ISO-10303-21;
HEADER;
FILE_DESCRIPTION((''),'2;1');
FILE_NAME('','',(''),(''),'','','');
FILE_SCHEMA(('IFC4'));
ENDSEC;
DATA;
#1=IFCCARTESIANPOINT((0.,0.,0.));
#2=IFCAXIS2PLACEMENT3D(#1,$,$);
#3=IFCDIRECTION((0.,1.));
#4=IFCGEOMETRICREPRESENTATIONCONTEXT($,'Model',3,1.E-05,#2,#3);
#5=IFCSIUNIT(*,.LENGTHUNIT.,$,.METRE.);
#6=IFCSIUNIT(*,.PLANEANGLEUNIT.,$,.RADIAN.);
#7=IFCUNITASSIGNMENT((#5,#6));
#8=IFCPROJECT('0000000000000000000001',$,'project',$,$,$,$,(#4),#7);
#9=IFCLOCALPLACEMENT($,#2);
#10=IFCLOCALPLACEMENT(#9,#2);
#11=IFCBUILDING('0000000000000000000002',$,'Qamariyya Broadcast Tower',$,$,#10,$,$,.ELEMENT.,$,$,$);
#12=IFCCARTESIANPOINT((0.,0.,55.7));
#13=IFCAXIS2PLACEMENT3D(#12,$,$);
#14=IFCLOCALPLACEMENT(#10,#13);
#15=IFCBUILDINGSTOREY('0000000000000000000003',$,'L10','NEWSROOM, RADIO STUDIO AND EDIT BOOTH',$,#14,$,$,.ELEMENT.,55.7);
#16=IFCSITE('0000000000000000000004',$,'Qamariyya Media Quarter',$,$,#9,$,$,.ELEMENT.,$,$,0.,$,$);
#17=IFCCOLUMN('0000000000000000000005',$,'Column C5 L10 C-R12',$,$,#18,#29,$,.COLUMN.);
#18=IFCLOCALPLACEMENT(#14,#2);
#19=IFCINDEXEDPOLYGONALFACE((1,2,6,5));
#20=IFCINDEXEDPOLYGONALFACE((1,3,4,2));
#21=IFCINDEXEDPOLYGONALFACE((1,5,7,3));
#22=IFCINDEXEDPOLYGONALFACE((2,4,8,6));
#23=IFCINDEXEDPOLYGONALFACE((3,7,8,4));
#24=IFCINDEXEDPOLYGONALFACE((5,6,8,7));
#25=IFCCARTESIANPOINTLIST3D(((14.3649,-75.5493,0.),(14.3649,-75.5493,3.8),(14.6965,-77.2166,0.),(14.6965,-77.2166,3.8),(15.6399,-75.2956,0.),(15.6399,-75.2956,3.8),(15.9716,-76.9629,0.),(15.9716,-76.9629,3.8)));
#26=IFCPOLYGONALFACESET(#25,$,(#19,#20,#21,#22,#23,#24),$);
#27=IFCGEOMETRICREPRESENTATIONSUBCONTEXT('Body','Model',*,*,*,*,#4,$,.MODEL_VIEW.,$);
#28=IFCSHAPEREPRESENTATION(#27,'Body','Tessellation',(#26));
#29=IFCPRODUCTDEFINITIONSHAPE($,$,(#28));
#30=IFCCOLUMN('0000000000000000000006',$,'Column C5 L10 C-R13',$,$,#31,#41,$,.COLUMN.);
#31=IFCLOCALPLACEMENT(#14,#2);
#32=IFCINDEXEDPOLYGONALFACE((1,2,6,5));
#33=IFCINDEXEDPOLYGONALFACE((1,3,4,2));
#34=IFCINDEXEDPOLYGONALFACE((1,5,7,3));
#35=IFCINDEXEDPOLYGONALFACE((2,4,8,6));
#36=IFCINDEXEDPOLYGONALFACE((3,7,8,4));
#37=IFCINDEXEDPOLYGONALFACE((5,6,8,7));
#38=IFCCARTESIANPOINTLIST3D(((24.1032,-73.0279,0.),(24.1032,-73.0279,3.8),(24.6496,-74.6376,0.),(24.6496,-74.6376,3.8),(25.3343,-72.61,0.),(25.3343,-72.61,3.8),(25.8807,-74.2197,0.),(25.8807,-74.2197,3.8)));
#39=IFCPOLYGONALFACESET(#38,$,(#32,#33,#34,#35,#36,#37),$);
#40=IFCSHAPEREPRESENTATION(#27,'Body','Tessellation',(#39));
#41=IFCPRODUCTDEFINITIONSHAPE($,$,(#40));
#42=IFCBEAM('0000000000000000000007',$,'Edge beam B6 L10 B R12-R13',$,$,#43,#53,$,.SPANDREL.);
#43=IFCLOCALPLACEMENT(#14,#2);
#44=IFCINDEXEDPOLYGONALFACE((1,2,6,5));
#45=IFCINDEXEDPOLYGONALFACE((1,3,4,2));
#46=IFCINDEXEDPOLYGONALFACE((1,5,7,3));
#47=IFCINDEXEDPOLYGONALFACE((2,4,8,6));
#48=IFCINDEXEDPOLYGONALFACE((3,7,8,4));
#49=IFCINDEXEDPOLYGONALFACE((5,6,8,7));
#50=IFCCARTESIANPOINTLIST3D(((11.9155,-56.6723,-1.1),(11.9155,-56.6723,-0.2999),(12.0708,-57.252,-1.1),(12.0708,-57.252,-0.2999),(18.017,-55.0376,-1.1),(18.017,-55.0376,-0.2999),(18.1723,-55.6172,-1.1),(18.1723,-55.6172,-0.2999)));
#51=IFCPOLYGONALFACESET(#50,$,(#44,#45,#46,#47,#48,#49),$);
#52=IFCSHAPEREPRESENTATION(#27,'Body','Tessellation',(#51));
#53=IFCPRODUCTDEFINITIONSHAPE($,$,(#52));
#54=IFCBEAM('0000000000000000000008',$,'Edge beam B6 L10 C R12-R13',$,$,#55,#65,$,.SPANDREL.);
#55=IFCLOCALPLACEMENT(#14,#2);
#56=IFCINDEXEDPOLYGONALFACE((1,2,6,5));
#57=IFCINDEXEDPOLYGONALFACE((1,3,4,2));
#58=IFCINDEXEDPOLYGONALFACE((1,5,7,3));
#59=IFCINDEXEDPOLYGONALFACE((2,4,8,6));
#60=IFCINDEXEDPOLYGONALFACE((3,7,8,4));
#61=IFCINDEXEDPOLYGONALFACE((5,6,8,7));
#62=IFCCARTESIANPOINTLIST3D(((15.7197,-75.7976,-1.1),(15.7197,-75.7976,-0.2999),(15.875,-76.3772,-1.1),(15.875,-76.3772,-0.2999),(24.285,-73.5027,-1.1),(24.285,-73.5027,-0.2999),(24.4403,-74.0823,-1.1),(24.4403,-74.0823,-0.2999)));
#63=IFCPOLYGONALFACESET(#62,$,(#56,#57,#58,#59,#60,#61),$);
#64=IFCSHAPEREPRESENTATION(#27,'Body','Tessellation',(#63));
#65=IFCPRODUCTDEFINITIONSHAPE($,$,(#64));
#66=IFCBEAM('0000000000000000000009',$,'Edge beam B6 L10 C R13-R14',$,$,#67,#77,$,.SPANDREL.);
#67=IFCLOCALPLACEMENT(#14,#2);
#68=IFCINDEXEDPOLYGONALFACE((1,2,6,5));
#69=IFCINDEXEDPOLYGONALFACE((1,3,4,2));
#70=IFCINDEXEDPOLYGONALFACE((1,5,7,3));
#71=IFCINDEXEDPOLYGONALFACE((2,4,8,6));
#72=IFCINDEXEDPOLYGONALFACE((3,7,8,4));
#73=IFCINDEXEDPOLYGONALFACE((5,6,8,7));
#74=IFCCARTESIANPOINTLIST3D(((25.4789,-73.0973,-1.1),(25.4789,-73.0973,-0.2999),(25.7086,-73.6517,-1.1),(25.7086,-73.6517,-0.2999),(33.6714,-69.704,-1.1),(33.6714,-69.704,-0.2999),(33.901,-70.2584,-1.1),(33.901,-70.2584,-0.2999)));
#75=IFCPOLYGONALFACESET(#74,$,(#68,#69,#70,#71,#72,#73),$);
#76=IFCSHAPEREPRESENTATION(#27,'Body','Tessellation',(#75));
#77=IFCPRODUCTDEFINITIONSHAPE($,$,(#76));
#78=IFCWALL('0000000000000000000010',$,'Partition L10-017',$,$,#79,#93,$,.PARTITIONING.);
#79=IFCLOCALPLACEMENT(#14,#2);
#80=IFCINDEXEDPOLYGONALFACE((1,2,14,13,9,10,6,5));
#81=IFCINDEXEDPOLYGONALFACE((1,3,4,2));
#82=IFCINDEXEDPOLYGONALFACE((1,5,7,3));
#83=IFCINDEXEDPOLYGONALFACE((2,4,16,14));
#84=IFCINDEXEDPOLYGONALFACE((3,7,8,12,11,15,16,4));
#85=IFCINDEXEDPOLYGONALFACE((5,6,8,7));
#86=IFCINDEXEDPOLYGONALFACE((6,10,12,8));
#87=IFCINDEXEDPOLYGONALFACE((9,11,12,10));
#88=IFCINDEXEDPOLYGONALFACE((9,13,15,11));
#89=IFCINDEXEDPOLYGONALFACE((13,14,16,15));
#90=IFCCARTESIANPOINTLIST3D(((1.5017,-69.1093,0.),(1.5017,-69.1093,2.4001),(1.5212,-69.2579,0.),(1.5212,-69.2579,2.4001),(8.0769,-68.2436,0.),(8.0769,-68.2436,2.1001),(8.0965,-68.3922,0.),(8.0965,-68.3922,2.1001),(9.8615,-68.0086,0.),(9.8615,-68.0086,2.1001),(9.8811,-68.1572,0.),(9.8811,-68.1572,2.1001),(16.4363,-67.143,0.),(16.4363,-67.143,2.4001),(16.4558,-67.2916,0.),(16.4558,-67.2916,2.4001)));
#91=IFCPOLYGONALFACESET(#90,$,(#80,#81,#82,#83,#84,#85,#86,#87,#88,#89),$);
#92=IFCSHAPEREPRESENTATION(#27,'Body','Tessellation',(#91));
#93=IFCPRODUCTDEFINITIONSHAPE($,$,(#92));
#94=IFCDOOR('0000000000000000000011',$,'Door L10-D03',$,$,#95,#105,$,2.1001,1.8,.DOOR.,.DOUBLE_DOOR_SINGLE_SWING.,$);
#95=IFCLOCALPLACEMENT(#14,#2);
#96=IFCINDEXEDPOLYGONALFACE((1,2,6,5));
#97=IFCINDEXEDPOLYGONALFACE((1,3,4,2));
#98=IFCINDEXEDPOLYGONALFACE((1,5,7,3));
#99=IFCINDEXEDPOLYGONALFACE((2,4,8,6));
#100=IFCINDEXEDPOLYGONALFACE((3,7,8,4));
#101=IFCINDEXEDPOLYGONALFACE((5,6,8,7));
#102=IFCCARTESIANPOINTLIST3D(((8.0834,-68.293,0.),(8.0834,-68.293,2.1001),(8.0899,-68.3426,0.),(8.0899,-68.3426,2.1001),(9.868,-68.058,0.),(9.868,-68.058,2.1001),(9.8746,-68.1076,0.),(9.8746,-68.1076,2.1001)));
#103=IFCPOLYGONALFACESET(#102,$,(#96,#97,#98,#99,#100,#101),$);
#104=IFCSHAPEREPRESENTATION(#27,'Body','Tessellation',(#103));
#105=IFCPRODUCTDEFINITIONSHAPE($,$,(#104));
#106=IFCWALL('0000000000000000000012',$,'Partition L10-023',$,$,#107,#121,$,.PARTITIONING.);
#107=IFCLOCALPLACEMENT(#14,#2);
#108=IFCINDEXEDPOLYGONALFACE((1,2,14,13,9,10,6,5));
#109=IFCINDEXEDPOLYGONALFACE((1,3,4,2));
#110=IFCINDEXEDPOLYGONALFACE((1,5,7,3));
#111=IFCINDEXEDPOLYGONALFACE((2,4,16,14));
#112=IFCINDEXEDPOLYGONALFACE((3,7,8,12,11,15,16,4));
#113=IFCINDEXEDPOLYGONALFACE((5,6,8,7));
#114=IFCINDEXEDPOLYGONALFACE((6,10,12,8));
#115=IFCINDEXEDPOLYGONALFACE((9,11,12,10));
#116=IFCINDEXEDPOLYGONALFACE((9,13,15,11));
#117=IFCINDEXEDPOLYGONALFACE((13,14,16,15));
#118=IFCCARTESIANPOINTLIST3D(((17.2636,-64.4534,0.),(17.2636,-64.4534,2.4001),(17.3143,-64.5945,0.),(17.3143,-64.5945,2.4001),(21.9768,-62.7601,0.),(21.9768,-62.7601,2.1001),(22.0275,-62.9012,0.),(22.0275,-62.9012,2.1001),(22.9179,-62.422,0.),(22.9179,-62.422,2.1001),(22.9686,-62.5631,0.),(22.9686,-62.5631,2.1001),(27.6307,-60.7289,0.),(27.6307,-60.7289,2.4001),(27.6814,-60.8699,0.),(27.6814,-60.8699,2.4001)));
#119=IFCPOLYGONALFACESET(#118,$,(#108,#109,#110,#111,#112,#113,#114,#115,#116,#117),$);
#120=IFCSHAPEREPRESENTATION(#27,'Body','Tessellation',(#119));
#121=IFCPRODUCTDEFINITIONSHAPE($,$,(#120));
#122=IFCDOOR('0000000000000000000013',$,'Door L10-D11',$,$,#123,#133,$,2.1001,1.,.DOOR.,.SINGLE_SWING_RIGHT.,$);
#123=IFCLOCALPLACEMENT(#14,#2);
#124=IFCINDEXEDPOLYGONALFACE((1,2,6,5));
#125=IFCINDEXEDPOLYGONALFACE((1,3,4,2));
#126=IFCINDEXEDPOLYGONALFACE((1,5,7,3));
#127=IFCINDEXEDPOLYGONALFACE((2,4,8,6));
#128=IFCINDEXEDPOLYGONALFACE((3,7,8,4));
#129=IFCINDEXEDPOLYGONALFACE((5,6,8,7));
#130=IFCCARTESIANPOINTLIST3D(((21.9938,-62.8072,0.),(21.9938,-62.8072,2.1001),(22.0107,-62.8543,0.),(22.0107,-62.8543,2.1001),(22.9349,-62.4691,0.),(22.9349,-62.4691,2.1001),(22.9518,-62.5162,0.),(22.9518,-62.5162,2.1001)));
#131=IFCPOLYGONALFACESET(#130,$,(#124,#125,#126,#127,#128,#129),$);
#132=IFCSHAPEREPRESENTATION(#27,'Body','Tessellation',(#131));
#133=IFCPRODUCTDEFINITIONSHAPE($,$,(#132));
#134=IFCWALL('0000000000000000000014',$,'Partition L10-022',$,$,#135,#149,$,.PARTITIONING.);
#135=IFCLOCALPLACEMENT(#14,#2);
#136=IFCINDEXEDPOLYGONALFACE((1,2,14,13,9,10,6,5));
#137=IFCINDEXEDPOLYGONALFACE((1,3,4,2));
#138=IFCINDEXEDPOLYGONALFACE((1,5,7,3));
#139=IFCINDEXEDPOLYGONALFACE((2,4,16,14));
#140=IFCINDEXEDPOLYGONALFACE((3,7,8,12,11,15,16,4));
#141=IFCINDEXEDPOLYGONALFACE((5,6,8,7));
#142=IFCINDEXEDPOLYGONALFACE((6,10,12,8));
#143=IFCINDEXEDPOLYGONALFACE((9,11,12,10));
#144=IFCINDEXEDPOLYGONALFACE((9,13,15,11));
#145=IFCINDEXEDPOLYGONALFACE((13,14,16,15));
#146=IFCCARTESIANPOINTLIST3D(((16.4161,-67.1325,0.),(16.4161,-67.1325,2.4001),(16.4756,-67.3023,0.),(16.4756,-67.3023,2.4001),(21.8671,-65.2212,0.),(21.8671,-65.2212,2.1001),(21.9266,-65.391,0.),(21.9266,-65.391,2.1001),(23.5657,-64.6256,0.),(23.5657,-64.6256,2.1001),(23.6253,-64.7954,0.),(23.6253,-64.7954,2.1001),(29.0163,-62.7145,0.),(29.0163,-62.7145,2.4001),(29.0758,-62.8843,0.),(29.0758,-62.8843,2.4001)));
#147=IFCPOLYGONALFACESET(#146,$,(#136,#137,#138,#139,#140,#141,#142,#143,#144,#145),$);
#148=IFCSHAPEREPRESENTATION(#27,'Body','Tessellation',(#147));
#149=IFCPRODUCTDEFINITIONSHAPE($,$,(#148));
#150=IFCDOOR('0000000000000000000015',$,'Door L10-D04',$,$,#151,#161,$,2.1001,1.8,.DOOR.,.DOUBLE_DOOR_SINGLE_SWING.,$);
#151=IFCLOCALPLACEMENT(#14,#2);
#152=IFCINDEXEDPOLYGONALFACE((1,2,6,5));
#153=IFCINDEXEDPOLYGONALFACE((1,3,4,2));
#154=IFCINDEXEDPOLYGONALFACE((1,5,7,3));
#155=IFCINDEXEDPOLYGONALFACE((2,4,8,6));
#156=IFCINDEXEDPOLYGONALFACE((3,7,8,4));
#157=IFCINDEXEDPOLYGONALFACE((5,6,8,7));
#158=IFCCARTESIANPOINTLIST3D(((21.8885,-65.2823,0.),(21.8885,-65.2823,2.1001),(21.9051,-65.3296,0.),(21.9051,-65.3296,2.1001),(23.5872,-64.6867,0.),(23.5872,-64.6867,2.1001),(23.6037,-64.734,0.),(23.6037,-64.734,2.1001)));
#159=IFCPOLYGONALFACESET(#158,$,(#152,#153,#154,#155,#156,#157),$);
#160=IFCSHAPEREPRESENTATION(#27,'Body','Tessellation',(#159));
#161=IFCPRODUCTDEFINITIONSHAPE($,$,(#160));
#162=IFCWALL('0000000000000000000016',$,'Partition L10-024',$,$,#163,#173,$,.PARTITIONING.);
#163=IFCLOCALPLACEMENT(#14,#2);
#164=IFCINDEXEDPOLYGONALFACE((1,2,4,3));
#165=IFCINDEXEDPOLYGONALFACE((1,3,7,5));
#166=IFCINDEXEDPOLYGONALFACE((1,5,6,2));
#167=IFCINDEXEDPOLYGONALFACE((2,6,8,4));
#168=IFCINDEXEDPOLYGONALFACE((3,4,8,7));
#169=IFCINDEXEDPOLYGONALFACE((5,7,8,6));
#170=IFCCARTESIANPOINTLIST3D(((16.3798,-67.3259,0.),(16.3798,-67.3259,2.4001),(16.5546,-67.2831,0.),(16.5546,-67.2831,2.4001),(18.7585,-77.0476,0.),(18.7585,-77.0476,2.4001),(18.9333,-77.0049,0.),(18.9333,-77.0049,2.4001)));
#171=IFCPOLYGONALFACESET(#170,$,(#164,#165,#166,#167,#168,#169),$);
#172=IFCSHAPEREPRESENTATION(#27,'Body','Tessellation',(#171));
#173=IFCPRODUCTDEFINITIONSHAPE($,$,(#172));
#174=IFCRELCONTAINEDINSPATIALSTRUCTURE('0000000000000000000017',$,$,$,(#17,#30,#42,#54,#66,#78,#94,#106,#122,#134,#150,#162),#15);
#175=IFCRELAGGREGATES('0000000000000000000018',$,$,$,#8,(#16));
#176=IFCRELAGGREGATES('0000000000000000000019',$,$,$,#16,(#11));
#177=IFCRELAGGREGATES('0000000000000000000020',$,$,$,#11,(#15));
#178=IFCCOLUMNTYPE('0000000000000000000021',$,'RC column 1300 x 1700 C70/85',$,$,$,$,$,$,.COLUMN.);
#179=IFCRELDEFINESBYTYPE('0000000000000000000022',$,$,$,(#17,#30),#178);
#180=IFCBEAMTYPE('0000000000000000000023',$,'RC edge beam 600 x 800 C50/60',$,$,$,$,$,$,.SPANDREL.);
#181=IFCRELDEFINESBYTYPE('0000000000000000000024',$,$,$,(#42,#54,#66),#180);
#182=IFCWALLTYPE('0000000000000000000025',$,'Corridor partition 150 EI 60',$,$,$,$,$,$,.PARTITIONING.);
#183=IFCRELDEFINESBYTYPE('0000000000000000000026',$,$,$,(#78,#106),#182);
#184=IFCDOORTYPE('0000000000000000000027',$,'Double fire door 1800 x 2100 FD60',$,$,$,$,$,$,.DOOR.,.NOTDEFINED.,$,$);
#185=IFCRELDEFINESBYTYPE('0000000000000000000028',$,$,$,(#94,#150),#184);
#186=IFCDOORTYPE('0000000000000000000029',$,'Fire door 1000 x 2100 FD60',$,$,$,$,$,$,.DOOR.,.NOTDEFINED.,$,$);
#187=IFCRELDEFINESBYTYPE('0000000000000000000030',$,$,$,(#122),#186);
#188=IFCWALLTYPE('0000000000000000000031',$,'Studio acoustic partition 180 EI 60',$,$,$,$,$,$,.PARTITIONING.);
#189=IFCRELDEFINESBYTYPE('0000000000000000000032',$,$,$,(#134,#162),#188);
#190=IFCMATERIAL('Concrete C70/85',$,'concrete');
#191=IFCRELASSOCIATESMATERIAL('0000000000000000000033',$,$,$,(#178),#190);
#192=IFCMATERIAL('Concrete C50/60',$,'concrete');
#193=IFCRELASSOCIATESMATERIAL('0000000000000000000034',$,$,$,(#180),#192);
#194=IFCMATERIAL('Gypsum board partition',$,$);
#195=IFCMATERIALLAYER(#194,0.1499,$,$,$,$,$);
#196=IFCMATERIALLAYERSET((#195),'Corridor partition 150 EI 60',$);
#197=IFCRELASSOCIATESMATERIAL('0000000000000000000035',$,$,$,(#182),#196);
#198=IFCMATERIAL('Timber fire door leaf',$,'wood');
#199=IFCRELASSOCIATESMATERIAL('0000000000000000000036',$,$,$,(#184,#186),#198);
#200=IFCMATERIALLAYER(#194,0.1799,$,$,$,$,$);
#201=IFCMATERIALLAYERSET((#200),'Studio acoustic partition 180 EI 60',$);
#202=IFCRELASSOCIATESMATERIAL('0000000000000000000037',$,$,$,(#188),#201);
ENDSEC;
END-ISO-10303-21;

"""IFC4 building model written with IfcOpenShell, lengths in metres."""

from ifc_helpers import new_model, si_unit, direction, frame, frame_2d, origin, origin_2d, place, context, subcontext, project, spatial, rectangle, extrude, material, layer, layer_set, material_profile, profile_set, type_object, element, fill, save


model = new_model("IFC4")

# Units and contexts
model_context = context("Model", 3, precision=1e-05, world=origin(), true_north=direction((0.0, 1.0)))
body_context = subcontext(model_context, "Body", "Model", "MODEL_VIEW")
ifc_project = project(units=[si_unit("LENGTHUNIT", "METRE"), si_unit("PLANEANGLEUNIT", "RADIAN")], contexts=[model_context])

# Site, building, storey
site_placement = place(None, origin())
site = spatial("IfcSite", under=ifc_project, at=site_placement, Name="Qamariyya Media Quarter", CompositionType="ELEMENT", RefElevation=0.0)
building_placement = place(site_placement, origin())
building = spatial("IfcBuilding", under=site, at=building_placement, Name="Qamariyya Broadcast Tower", CompositionType="ELEMENT")
storey_placement = place(building_placement, frame((0.0, 0.0, 55.7)))
storey = spatial("IfcBuildingStorey", under=building, at=storey_placement, Name="L10", Description="NEWSROOM, RADIO STUDIO AND EDIT BOOTH", CompositionType="ELEMENT", Elevation=55.7)

# Columns
ifc_material_1 = material(Name="Concrete C70/85", Category="concrete")
ifc_material_profile_1 = material_profile(ifc_material_1, rectangle(XDim=1.3, YDim=1.7, at=origin_2d()))
ifc_profile_set_1 = profile_set([ifc_material_profile_1], Name="Concrete C70/85")
column_type = type_object("IfcColumnType", Name="RC column 1300 x 1700 C70/85", PredefinedType="COLUMN", material=ifc_profile_set_1)
for number, where, z_axis, x_axis, name in (
    (1, (15.1682, -76.2561, 0.0), (0.0, 0.0, 1.0), (0.980785, 0.19509, 0.0), "Column C5 L10 C-R12"),
    (2, (24.9919, -73.6238, 0.0), (0.0, 0.0, 1.0), (0.94693, 0.321439, 0.0), "Column C5 L10 C-R13"),
):
    element("IfcColumn", number, at=place(storey_placement, frame(where, z_axis=z_axis, x_axis=x_axis)), inside=storey, type_object=column_type, Name=name, PredefinedType="COLUMN", context=body_context, shape_type="SweptSolid", body=[
        extrude(rectangle(XDim=1.3, YDim=1.7, at=origin_2d()), origin(), (0.0, 0.0, 1.0), 3.8),
    ])

# Beams
ifc_material_2 = material(Name="Concrete C50/60", Category="concrete")
ifc_material_profile_2 = material_profile(ifc_material_2, rectangle(XDim=0.6001, YDim=0.8, at=origin_2d()))
ifc_profile_set_2 = profile_set([ifc_material_profile_2], Name="Concrete C50/60")
beam_type = type_object("IfcBeamType", Name="RC edge beam 600 x 800 C50/60", PredefinedType="SPANDREL", material=ifc_profile_set_2)
beam_placement = place(storey_placement, frame((11.9932, -56.9622, -0.7), z_axis=(0.965931, 0.258798, 0.0), x_axis=(-0.258798, 0.965931, 0.0)))
element("IfcBeam", 3, at=beam_placement, inside=storey, type_object=beam_type, Name="Edge beam B6 L10 B R12-R13", PredefinedType="SPANDREL", context=body_context, shape_type="SweptSolid", body=[
    extrude(rectangle(XDim=0.6001, YDim=0.8, at=origin_2d()), origin(), (0.0, 0.0, 1.0), 6.3167),
])
for number, where, z_axis, x_axis, name in (
    (4, (15.7974, -76.0874, -0.7), (0.965931, 0.2588, 0.0), (-0.2588, 0.965931, 0.0), "Edge beam B6 L10 C R12-R13"),
    (5, (25.5938, -73.3745, -0.7), (0.923883, 0.382675, 0.0), (-0.382675, 0.923883, 0.0), "Edge beam B6 L10 C R13-R14"),
):
    element("IfcBeam", number, at=place(storey_placement, frame(where, z_axis=z_axis, x_axis=x_axis)), inside=storey, type_object=beam_type, Name=name, PredefinedType="SPANDREL", context=body_context, shape_type="SweptSolid", body=[
        extrude(rectangle(XDim=0.6001, YDim=0.8, at=origin_2d()), origin(), (0.0, 0.0, 1.0), 8.8674),
    ])

# Walls, openings, doors
ifc_material_3 = material(Name="Gypsum board partition")
ifc_layer_1 = layer(ifc_material_3, 0.1499)
ifc_layer_set_1 = layer_set([ifc_layer_1], Name="Corridor partition 150 EI 60")
wall_type_1 = type_object("IfcWallType", Name="Corridor partition 150 EI 60", PredefinedType="PARTITIONING", material=ifc_layer_set_1)
wall_1_placement = place(storey_placement, frame((16.446, -67.2173, 0.0), z_axis=(0.0, 0.0, 1.0), x_axis=(-0.991444, -0.130535, 0.0)))
wall_1 = element("IfcWall", 6, at=wall_1_placement, inside=storey, type_object=wall_type_1, Name="Partition L10-017", PredefinedType="PARTITIONING", context=body_context, shape_type="SweptSolid", body=[
    extrude(rectangle(XDim=15.0635, YDim=0.1499, at=frame_2d((7.5317, 0.0))), origin(), (0.0, 0.0, 1.0), 2.4001),
])
opening_1_placement = place(wall_1_placement, frame((6.6316, 0.0, 0.0)))
opening_1 = element("IfcOpeningElement", 7, at=opening_1_placement, cuts=wall_1, PredefinedType="OPENING", context=body_context, shape_type="SweptSolid", body=[
    extrude(rectangle(XDim=1.8, YDim=2.1001, at=frame_2d((0.8999, 1.05))), frame((0.0, 0.085, 0.0), z_axis=(0.0, -1.0, 0.0), x_axis=(1.0, 0.0, 0.0)), (0.0, 0.0, 1.0), 0.1699),
])
ifc_material_4 = material(Name="Timber fire door leaf", Category="wood")
door_type_1 = type_object("IfcDoorType", Name="Double fire door 1800 x 2100 FD60", OperationType="NOTDEFINED", PredefinedType="DOOR", material=ifc_material_4)
door_1_placement = place(opening_1_placement, origin())
door_1 = element("IfcDoor", 8, at=door_1_placement, inside=storey, type_object=door_type_1, Name="Door L10-D03", OperationType="DOUBLE_DOOR_SINGLE_SWING", OverallHeight=2.1001, OverallWidth=1.8, PredefinedType="DOOR", context=body_context, shape_type="SweptSolid", body=[
    extrude(rectangle(XDim=1.8, YDim=2.1001, at=frame_2d((0.8999, 1.05))), frame((0.0, 0.0249, 0.0), z_axis=(0.0, -1.0, 0.0), x_axis=(1.0, 0.0, 0.0)), (0.0, 0.0, 1.0), 0.05),
])
fill(opening_1, door_1)
wall_2_placement = place(storey_placement, frame((17.2891, -64.5239, 0.0), z_axis=(0.0, 0.0, 1.0), x_axis=(0.941106, 0.33811, 0.0)))
wall_2 = element("IfcWall", 9, at=wall_2_placement, inside=storey, type_object=wall_type_1, Name="Partition L10-023", PredefinedType="PARTITIONING", context=body_context, shape_type="SweptSolid", body=[
    extrude(rectangle(XDim=11.0159, YDim=0.1499, at=frame_2d((5.5078, 0.0))), origin(), (0.0, 0.0, 1.0), 2.4001),
])
opening_2_placement = place(wall_2_placement, frame((5.0081, 0.0, 0.0)))
opening_2 = element("IfcOpeningElement", 10, at=opening_2_placement, cuts=wall_2, PredefinedType="OPENING", context=body_context, shape_type="SweptSolid", body=[
    extrude(rectangle(XDim=1.0, YDim=2.1001, at=frame_2d((0.5, 1.05))), frame((0.0, 0.085, 0.0), z_axis=(0.0, -1.0, 0.0), x_axis=(1.0, 0.0, 0.0)), (0.0, 0.0, 1.0), 0.1699),
])
door_type_2 = type_object("IfcDoorType", Name="Fire door 1000 x 2100 FD60", OperationType="NOTDEFINED", PredefinedType="DOOR", material=ifc_material_4)
door_2_placement = place(opening_2_placement, origin())
door_2 = element("IfcDoor", 11, at=door_2_placement, inside=storey, type_object=door_type_2, Name="Door L10-D11", OperationType="SINGLE_SWING_RIGHT", OverallHeight=2.1001, OverallWidth=1.0, PredefinedType="DOOR", context=body_context, shape_type="SweptSolid", body=[
    extrude(rectangle(XDim=1.0, YDim=2.1001, at=frame_2d((0.5, 1.05))), frame((0.0, 0.0249, 0.0), z_axis=(0.0, -1.0, 0.0), x_axis=(1.0, 0.0, 0.0)), (0.0, 0.0, 1.0), 0.05),
])
fill(opening_2, door_2)
ifc_layer_2 = layer(ifc_material_3, 0.1799)
ifc_layer_set_2 = layer_set([ifc_layer_2], Name="Studio acoustic partition 180 EI 60")
wall_type_2 = type_object("IfcWallType", Name="Studio acoustic partition 180 EI 60", PredefinedType="PARTITIONING", material=ifc_layer_set_2)
wall_3_placement = place(storey_placement, frame((29.0461, -62.7993, 0.0), z_axis=(0.0, 0.0, 1.0), x_axis=(-0.943673, -0.33088, 0.0)))
wall_3 = element("IfcWall", 12, at=wall_3_placement, inside=storey, type_object=wall_type_2, Name="Partition L10-022", PredefinedType="PARTITIONING", context=body_context, shape_type="SweptSolid", body=[
    extrude(rectangle(XDim=13.3523, YDim=0.1799, at=frame_2d((6.6763, 0.0))), origin(), (0.0, 0.0, 1.0), 2.4001),
])
opening_3_placement = place(wall_3_placement, frame((5.7761, 0.0, 0.0)))
opening_3 = element("IfcOpeningElement", 13, at=opening_3_placement, cuts=wall_3, PredefinedType="OPENING", context=body_context, shape_type="SweptSolid", body=[
    extrude(rectangle(XDim=1.8, YDim=2.1001, at=frame_2d((0.8999, 1.05))), frame((0.0, 0.0999, 0.0), z_axis=(0.0, -1.0, 0.0), x_axis=(1.0, 0.0, 0.0)), (0.0, 0.0, 1.0), 0.2),
])
door_3_placement = place(opening_3_placement, origin())
door_3 = element("IfcDoor", 14, at=door_3_placement, inside=storey, type_object=door_type_1, Name="Door L10-D04", OperationType="DOUBLE_DOOR_SINGLE_SWING", OverallHeight=2.1001, OverallWidth=1.8, PredefinedType="DOOR", context=body_context, shape_type="SweptSolid", body=[
    extrude(rectangle(XDim=1.8, YDim=2.1001, at=frame_2d((0.8999, 1.05))), frame((0.0, 0.0249, 0.0), z_axis=(0.0, -1.0, 0.0), x_axis=(1.0, 0.0, 0.0)), (0.0, 0.0, 1.0), 0.05),
])
fill(opening_3, door_3)

# Wall
wall_4_placement = place(storey_placement, frame((18.8459, -77.0264, 0.0), z_axis=(0.0, 0.0, 1.0), x_axis=(-0.237665, 0.971347, 0.0)))
element("IfcWall", 15, at=wall_4_placement, inside=storey, type_object=wall_type_2, Name="Partition L10-024", PredefinedType="PARTITIONING", context=body_context, shape_type="SweptSolid", body=[
    extrude(rectangle(XDim=10.0085, YDim=0.1799, at=frame_2d((5.0044, 0.0))), origin(), (0.0, 0.0, 1.0), 2.4001),
])

save(model, "model.ifc")
